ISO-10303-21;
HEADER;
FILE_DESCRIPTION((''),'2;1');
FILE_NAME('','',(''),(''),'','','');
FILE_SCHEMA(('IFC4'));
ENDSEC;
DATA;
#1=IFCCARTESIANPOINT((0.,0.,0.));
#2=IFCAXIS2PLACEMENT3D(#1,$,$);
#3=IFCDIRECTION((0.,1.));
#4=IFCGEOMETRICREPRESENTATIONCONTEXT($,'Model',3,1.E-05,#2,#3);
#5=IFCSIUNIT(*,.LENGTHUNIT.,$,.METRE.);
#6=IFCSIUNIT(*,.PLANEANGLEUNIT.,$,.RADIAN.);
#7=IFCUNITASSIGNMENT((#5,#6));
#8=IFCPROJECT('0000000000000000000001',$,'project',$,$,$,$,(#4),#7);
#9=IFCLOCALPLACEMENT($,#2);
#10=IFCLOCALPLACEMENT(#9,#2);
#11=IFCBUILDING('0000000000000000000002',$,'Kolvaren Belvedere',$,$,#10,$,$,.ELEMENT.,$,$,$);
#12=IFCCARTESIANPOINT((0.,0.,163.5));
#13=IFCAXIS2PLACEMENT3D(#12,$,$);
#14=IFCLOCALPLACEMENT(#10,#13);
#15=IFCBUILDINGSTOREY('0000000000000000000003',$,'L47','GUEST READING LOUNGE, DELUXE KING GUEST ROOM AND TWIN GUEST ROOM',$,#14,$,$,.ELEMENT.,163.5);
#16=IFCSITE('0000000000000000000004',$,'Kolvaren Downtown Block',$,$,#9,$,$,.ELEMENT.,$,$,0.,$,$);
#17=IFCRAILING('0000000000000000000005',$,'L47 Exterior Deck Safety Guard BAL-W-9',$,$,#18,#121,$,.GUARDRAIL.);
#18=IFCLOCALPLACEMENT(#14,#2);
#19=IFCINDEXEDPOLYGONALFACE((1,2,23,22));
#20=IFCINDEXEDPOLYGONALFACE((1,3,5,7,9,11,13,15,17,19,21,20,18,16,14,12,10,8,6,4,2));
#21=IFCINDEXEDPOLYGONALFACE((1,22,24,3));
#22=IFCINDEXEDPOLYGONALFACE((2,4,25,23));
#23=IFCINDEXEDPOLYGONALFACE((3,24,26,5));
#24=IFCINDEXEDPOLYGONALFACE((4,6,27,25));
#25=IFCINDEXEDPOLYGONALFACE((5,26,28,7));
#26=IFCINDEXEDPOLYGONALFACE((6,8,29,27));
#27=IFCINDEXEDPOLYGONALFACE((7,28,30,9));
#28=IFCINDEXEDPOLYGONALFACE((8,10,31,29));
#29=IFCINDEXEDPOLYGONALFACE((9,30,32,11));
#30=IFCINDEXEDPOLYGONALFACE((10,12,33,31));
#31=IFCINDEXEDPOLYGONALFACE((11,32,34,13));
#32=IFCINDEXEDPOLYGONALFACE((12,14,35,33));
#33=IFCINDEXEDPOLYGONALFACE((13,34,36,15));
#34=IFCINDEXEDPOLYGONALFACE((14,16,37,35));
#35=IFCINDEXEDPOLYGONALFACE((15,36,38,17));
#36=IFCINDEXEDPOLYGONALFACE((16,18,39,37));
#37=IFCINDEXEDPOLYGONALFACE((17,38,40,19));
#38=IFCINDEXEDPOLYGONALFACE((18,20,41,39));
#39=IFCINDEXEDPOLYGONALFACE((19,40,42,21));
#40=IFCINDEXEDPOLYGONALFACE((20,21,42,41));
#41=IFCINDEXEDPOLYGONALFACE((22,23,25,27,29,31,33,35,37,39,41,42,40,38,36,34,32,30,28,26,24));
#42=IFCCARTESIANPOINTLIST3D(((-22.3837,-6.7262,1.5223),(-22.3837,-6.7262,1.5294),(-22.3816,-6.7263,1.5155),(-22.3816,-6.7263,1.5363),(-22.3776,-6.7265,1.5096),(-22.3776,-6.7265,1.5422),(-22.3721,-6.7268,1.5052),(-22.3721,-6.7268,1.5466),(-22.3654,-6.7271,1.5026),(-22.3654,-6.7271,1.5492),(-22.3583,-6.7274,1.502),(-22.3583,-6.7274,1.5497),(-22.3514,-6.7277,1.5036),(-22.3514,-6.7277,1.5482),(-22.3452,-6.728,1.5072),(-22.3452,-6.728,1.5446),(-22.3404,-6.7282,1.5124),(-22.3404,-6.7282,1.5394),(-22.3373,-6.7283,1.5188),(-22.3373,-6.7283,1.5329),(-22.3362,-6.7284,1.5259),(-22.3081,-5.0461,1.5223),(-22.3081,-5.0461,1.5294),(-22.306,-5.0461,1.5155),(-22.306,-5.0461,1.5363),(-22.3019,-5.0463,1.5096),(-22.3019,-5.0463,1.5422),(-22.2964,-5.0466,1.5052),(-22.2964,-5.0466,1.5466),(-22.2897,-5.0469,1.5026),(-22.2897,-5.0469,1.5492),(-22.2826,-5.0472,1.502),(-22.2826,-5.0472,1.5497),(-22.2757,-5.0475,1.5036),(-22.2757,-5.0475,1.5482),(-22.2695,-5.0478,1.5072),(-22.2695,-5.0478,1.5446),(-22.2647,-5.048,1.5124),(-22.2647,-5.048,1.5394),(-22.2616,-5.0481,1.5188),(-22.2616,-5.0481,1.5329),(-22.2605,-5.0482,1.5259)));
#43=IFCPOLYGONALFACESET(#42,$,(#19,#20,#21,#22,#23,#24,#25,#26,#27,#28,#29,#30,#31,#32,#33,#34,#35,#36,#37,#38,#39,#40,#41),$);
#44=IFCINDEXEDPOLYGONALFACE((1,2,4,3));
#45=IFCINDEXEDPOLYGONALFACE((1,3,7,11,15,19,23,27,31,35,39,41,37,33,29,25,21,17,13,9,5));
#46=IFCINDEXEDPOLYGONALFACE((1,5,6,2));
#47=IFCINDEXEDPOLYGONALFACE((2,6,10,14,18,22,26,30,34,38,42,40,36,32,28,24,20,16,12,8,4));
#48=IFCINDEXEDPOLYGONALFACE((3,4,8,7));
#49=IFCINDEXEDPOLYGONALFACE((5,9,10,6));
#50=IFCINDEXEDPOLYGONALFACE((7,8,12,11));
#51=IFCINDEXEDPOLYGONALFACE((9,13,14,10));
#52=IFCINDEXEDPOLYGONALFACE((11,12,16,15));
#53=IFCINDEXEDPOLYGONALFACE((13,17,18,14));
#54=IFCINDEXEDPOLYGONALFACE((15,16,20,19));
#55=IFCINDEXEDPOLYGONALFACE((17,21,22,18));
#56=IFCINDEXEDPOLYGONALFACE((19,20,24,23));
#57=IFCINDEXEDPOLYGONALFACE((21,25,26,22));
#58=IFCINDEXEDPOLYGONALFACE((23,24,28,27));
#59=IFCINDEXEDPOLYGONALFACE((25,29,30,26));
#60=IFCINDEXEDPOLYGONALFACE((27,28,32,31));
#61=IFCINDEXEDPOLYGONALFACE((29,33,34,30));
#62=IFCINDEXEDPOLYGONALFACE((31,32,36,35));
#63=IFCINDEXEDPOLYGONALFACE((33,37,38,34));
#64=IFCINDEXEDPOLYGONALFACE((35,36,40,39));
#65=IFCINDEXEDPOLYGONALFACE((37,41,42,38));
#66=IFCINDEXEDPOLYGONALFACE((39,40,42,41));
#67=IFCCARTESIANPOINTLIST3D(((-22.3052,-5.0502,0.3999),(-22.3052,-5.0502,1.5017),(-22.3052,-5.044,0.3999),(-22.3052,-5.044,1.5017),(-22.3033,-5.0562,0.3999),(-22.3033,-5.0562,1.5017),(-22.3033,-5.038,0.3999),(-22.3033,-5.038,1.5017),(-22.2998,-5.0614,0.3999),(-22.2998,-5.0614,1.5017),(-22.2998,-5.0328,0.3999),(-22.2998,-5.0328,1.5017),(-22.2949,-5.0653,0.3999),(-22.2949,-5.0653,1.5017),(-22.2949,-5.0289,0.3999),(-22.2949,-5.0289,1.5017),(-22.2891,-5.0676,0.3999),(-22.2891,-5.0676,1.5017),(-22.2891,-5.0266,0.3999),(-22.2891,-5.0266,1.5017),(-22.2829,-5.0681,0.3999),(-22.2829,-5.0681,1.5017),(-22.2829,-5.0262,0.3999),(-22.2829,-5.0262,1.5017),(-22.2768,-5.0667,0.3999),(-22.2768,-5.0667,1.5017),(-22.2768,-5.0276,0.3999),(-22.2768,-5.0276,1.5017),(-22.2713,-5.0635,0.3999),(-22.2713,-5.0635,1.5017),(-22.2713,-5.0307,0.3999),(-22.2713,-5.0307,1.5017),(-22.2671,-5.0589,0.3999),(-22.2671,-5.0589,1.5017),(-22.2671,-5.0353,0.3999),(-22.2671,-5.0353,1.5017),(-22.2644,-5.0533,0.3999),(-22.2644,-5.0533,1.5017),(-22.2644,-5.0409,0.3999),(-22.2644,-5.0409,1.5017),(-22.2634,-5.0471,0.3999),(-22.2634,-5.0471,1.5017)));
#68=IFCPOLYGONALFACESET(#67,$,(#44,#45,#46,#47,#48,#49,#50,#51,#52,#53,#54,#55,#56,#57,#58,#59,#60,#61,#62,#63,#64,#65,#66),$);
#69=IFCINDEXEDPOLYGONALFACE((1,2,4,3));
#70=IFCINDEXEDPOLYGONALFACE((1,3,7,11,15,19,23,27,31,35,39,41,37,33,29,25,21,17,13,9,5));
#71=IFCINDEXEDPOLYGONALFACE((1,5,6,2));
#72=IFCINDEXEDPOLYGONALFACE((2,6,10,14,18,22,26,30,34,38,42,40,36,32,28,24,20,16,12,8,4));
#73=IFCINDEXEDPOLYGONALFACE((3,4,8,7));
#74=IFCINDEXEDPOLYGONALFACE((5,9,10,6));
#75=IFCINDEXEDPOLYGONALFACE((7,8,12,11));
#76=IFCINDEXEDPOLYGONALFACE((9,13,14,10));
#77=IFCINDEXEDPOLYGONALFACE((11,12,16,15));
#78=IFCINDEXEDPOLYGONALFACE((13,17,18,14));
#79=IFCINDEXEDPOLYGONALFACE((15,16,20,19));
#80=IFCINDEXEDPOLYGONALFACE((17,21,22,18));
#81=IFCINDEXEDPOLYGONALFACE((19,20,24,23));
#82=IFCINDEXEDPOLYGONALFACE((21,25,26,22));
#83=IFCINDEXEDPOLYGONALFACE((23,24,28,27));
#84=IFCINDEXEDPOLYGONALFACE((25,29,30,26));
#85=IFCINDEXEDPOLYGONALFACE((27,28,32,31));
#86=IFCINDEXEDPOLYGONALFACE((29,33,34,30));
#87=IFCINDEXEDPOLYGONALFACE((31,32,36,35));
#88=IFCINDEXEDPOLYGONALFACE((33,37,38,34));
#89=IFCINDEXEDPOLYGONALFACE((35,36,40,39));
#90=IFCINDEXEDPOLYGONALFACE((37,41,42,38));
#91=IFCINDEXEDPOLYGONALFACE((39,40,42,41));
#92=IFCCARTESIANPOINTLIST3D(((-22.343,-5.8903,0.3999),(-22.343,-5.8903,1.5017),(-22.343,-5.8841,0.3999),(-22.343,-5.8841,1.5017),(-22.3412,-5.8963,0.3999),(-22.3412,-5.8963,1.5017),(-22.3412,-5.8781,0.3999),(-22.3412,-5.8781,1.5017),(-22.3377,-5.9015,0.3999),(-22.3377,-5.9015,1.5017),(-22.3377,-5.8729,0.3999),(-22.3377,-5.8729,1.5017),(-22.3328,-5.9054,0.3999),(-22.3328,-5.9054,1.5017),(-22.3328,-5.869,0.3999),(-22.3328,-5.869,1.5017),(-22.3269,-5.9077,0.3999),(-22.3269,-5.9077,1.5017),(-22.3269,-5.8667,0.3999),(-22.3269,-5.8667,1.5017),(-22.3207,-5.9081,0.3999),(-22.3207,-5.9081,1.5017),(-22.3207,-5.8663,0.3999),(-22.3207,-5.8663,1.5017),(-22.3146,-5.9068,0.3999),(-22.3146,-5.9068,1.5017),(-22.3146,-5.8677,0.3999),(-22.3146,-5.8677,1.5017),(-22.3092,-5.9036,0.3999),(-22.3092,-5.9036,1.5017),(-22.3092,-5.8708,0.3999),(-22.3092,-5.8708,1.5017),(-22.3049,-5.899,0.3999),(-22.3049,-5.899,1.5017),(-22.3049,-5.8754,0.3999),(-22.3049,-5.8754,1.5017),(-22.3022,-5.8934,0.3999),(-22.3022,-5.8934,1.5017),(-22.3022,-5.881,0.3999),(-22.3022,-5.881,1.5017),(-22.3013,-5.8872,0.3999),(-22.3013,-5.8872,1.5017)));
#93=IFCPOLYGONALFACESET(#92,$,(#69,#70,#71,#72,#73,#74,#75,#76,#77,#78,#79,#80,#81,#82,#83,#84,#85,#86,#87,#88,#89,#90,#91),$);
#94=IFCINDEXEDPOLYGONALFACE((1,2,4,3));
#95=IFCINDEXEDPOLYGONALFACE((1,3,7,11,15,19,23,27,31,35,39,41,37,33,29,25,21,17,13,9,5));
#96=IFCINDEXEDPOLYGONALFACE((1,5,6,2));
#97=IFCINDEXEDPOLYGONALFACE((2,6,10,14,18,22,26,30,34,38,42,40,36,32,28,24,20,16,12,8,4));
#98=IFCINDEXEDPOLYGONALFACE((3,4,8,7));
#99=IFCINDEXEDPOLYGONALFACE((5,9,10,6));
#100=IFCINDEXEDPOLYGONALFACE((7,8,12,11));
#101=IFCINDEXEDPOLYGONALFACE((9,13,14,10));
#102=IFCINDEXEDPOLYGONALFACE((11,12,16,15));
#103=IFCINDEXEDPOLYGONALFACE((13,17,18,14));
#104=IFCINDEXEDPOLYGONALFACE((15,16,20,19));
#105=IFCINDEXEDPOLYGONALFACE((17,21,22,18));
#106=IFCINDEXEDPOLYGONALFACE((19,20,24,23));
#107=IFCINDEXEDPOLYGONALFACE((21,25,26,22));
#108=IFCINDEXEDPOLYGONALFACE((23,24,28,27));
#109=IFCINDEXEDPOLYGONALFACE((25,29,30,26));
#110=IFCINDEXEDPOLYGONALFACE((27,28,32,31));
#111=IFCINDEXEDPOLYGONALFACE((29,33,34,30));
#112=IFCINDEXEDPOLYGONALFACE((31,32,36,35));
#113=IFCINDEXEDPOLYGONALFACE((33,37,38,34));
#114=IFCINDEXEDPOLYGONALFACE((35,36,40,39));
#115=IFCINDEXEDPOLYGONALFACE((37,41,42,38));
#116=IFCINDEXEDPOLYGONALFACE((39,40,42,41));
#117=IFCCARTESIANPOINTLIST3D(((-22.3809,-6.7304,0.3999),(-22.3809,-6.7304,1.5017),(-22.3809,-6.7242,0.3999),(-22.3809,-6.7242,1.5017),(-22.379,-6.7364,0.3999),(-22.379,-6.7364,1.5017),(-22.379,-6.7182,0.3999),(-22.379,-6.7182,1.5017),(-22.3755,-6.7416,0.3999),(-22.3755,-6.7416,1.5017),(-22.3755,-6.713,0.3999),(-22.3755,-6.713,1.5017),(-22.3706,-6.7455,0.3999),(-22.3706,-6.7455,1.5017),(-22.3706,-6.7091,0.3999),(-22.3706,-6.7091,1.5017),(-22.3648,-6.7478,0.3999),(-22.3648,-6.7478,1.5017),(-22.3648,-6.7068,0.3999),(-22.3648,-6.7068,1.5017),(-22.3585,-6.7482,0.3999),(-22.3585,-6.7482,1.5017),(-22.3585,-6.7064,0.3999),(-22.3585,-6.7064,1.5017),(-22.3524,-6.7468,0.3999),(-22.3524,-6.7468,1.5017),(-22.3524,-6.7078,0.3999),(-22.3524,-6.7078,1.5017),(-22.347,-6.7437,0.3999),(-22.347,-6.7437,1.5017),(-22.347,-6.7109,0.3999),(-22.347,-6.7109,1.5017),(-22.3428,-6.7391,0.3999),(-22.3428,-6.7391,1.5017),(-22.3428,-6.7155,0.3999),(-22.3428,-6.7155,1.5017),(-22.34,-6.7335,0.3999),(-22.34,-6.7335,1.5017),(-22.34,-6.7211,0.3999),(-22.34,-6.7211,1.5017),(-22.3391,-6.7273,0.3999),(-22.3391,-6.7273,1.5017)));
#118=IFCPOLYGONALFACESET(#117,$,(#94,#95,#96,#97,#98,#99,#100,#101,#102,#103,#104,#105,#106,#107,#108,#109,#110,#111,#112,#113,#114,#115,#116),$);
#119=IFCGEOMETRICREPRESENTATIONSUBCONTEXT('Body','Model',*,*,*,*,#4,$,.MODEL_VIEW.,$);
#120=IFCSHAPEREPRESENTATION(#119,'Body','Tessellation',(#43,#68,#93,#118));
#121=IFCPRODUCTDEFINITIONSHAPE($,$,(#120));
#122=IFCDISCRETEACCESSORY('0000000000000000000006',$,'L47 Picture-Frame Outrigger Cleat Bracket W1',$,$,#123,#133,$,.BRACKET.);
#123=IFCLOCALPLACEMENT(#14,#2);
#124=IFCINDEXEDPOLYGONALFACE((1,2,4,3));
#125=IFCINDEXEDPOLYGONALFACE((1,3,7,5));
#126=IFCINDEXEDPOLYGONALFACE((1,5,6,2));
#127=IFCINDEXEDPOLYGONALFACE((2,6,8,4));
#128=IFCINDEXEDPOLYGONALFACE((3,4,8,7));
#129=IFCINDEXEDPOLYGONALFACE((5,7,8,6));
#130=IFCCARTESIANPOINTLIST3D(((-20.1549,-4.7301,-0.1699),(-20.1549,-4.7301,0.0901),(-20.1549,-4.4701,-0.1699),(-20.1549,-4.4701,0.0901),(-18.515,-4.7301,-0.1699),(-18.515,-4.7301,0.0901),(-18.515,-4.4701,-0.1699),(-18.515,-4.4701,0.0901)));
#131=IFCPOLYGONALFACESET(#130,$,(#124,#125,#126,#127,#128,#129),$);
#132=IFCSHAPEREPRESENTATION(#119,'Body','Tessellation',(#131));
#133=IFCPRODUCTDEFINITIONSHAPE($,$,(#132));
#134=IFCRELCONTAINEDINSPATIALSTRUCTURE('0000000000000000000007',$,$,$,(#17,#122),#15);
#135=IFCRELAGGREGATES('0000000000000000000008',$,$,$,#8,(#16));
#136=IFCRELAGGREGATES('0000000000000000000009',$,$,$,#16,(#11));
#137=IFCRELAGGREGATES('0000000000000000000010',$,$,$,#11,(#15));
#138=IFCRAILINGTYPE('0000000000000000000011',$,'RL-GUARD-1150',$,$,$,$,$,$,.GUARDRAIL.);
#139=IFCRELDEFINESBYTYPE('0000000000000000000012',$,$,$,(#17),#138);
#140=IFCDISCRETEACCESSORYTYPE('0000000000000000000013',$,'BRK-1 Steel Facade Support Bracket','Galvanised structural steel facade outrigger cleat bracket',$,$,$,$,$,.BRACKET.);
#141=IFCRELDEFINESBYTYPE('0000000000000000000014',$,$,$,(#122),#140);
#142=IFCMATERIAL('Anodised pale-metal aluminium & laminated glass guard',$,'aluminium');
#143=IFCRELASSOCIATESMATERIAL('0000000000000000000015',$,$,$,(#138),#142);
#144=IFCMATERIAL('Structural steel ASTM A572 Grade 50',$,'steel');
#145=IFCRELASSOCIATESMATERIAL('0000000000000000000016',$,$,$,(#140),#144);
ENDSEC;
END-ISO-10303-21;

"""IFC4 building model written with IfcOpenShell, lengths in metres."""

from ifc_helpers import new_model, si_unit, direction, frame, origin, origin_2d, place, context, subcontext, project, spatial, rectangle, circle, extrude, material, type_object, element, save


model = new_model("IFC4")

# Units and contexts
model_context = context("Model", 3, precision=1e-05, world=origin(), true_north=direction((0.0, 1.0)))
body_context = subcontext(model_context, "Body", "Model", "MODEL_VIEW")
ifc_project = project(units=[si_unit("LENGTHUNIT", "METRE"), si_unit("PLANEANGLEUNIT", "RADIAN")], contexts=[model_context])

# Site, building, storey
site_placement = place(None, origin())
site = spatial("IfcSite", under=ifc_project, at=site_placement, Name="Kolvaren Downtown Block", CompositionType="ELEMENT", RefElevation=0.0)
building_placement = place(site_placement, origin())
building = spatial("IfcBuilding", under=site, at=building_placement, Name="Kolvaren Belvedere", CompositionType="ELEMENT")
storey_placement = place(building_placement, frame((0.0, 0.0, 163.5)))
storey = spatial("IfcBuildingStorey", under=building, at=storey_placement, Name="L47", Description="GUEST READING LOUNGE, DELUXE KING GUEST ROOM AND TWIN GUEST ROOM", CompositionType="ELEMENT", Elevation=163.5)

# Railing
ifc_material_1 = material(Name="Anodised pale-metal aluminium & laminated glass guard", Category="aluminium")
railing_type = type_object("IfcRailingType", Name="RL-GUARD-1150", PredefinedType="GUARDRAIL", material=ifc_material_1)
railing_1_placement = place(storey_placement, frame((-22.2844, -5.0471, 0.3999)))
element("IfcRailing", 1, at=railing_1_placement, inside=storey, type_object=railing_type, Name="L47 Exterior Deck Safety Guard BAL-W-9", PredefinedType="GUARDRAIL", context=body_context, shape_type="SweptSolid", body=[
    extrude(circle(Radius=0.0239, at=origin_2d()), frame((0.0, 0.0, 1.126), z_axis=(-0.044999, -0.998987, 0.0), x_axis=(0.998987, -0.044999, 0.0)), (0.0, 0.0, 1.0), 1.6819),
    extrude(circle(Radius=0.021, at=origin_2d()), origin(), (0.0, 0.0, 1.0), 1.1018),
    extrude(circle(Radius=0.021, at=origin_2d()), frame((-0.0378, -0.8401, 0.0)), (0.0, 0.0, 1.0), 1.1018),
    extrude(circle(Radius=0.021, at=origin_2d()), frame((-0.0757, -1.6802, 0.0)), (0.0, 0.0, 1.0), 1.1018),
])

# Discrete accessory
ifc_material_2 = material(Name="Structural steel ASTM A572 Grade 50", Category="steel")
discrete_accessory_type = type_object("IfcDiscreteAccessoryType", Name="BRK-1 Steel Facade Support Bracket", Description="Galvanised structural steel facade outrigger cleat bracket", PredefinedType="BRACKET", material=ifc_material_2)
discrete_accessory_placement = place(storey_placement, frame((-19.335, -4.6001, -0.1699), z_axis=(0.0, 0.0, 1.0), x_axis=(1.0, 0.0, 0.0)))
element("IfcDiscreteAccessory", 2, at=discrete_accessory_placement, inside=storey, type_object=discrete_accessory_type, Name="L47 Picture-Frame Outrigger Cleat Bracket W1", PredefinedType="BRACKET", context=body_context, shape_type="SweptSolid", body=[
    extrude(rectangle(XDim=1.6399, YDim=0.26, at=origin_2d()), origin(), (0.0, 0.0, 1.0), 0.26),
])

save(model, "model.ifc")
